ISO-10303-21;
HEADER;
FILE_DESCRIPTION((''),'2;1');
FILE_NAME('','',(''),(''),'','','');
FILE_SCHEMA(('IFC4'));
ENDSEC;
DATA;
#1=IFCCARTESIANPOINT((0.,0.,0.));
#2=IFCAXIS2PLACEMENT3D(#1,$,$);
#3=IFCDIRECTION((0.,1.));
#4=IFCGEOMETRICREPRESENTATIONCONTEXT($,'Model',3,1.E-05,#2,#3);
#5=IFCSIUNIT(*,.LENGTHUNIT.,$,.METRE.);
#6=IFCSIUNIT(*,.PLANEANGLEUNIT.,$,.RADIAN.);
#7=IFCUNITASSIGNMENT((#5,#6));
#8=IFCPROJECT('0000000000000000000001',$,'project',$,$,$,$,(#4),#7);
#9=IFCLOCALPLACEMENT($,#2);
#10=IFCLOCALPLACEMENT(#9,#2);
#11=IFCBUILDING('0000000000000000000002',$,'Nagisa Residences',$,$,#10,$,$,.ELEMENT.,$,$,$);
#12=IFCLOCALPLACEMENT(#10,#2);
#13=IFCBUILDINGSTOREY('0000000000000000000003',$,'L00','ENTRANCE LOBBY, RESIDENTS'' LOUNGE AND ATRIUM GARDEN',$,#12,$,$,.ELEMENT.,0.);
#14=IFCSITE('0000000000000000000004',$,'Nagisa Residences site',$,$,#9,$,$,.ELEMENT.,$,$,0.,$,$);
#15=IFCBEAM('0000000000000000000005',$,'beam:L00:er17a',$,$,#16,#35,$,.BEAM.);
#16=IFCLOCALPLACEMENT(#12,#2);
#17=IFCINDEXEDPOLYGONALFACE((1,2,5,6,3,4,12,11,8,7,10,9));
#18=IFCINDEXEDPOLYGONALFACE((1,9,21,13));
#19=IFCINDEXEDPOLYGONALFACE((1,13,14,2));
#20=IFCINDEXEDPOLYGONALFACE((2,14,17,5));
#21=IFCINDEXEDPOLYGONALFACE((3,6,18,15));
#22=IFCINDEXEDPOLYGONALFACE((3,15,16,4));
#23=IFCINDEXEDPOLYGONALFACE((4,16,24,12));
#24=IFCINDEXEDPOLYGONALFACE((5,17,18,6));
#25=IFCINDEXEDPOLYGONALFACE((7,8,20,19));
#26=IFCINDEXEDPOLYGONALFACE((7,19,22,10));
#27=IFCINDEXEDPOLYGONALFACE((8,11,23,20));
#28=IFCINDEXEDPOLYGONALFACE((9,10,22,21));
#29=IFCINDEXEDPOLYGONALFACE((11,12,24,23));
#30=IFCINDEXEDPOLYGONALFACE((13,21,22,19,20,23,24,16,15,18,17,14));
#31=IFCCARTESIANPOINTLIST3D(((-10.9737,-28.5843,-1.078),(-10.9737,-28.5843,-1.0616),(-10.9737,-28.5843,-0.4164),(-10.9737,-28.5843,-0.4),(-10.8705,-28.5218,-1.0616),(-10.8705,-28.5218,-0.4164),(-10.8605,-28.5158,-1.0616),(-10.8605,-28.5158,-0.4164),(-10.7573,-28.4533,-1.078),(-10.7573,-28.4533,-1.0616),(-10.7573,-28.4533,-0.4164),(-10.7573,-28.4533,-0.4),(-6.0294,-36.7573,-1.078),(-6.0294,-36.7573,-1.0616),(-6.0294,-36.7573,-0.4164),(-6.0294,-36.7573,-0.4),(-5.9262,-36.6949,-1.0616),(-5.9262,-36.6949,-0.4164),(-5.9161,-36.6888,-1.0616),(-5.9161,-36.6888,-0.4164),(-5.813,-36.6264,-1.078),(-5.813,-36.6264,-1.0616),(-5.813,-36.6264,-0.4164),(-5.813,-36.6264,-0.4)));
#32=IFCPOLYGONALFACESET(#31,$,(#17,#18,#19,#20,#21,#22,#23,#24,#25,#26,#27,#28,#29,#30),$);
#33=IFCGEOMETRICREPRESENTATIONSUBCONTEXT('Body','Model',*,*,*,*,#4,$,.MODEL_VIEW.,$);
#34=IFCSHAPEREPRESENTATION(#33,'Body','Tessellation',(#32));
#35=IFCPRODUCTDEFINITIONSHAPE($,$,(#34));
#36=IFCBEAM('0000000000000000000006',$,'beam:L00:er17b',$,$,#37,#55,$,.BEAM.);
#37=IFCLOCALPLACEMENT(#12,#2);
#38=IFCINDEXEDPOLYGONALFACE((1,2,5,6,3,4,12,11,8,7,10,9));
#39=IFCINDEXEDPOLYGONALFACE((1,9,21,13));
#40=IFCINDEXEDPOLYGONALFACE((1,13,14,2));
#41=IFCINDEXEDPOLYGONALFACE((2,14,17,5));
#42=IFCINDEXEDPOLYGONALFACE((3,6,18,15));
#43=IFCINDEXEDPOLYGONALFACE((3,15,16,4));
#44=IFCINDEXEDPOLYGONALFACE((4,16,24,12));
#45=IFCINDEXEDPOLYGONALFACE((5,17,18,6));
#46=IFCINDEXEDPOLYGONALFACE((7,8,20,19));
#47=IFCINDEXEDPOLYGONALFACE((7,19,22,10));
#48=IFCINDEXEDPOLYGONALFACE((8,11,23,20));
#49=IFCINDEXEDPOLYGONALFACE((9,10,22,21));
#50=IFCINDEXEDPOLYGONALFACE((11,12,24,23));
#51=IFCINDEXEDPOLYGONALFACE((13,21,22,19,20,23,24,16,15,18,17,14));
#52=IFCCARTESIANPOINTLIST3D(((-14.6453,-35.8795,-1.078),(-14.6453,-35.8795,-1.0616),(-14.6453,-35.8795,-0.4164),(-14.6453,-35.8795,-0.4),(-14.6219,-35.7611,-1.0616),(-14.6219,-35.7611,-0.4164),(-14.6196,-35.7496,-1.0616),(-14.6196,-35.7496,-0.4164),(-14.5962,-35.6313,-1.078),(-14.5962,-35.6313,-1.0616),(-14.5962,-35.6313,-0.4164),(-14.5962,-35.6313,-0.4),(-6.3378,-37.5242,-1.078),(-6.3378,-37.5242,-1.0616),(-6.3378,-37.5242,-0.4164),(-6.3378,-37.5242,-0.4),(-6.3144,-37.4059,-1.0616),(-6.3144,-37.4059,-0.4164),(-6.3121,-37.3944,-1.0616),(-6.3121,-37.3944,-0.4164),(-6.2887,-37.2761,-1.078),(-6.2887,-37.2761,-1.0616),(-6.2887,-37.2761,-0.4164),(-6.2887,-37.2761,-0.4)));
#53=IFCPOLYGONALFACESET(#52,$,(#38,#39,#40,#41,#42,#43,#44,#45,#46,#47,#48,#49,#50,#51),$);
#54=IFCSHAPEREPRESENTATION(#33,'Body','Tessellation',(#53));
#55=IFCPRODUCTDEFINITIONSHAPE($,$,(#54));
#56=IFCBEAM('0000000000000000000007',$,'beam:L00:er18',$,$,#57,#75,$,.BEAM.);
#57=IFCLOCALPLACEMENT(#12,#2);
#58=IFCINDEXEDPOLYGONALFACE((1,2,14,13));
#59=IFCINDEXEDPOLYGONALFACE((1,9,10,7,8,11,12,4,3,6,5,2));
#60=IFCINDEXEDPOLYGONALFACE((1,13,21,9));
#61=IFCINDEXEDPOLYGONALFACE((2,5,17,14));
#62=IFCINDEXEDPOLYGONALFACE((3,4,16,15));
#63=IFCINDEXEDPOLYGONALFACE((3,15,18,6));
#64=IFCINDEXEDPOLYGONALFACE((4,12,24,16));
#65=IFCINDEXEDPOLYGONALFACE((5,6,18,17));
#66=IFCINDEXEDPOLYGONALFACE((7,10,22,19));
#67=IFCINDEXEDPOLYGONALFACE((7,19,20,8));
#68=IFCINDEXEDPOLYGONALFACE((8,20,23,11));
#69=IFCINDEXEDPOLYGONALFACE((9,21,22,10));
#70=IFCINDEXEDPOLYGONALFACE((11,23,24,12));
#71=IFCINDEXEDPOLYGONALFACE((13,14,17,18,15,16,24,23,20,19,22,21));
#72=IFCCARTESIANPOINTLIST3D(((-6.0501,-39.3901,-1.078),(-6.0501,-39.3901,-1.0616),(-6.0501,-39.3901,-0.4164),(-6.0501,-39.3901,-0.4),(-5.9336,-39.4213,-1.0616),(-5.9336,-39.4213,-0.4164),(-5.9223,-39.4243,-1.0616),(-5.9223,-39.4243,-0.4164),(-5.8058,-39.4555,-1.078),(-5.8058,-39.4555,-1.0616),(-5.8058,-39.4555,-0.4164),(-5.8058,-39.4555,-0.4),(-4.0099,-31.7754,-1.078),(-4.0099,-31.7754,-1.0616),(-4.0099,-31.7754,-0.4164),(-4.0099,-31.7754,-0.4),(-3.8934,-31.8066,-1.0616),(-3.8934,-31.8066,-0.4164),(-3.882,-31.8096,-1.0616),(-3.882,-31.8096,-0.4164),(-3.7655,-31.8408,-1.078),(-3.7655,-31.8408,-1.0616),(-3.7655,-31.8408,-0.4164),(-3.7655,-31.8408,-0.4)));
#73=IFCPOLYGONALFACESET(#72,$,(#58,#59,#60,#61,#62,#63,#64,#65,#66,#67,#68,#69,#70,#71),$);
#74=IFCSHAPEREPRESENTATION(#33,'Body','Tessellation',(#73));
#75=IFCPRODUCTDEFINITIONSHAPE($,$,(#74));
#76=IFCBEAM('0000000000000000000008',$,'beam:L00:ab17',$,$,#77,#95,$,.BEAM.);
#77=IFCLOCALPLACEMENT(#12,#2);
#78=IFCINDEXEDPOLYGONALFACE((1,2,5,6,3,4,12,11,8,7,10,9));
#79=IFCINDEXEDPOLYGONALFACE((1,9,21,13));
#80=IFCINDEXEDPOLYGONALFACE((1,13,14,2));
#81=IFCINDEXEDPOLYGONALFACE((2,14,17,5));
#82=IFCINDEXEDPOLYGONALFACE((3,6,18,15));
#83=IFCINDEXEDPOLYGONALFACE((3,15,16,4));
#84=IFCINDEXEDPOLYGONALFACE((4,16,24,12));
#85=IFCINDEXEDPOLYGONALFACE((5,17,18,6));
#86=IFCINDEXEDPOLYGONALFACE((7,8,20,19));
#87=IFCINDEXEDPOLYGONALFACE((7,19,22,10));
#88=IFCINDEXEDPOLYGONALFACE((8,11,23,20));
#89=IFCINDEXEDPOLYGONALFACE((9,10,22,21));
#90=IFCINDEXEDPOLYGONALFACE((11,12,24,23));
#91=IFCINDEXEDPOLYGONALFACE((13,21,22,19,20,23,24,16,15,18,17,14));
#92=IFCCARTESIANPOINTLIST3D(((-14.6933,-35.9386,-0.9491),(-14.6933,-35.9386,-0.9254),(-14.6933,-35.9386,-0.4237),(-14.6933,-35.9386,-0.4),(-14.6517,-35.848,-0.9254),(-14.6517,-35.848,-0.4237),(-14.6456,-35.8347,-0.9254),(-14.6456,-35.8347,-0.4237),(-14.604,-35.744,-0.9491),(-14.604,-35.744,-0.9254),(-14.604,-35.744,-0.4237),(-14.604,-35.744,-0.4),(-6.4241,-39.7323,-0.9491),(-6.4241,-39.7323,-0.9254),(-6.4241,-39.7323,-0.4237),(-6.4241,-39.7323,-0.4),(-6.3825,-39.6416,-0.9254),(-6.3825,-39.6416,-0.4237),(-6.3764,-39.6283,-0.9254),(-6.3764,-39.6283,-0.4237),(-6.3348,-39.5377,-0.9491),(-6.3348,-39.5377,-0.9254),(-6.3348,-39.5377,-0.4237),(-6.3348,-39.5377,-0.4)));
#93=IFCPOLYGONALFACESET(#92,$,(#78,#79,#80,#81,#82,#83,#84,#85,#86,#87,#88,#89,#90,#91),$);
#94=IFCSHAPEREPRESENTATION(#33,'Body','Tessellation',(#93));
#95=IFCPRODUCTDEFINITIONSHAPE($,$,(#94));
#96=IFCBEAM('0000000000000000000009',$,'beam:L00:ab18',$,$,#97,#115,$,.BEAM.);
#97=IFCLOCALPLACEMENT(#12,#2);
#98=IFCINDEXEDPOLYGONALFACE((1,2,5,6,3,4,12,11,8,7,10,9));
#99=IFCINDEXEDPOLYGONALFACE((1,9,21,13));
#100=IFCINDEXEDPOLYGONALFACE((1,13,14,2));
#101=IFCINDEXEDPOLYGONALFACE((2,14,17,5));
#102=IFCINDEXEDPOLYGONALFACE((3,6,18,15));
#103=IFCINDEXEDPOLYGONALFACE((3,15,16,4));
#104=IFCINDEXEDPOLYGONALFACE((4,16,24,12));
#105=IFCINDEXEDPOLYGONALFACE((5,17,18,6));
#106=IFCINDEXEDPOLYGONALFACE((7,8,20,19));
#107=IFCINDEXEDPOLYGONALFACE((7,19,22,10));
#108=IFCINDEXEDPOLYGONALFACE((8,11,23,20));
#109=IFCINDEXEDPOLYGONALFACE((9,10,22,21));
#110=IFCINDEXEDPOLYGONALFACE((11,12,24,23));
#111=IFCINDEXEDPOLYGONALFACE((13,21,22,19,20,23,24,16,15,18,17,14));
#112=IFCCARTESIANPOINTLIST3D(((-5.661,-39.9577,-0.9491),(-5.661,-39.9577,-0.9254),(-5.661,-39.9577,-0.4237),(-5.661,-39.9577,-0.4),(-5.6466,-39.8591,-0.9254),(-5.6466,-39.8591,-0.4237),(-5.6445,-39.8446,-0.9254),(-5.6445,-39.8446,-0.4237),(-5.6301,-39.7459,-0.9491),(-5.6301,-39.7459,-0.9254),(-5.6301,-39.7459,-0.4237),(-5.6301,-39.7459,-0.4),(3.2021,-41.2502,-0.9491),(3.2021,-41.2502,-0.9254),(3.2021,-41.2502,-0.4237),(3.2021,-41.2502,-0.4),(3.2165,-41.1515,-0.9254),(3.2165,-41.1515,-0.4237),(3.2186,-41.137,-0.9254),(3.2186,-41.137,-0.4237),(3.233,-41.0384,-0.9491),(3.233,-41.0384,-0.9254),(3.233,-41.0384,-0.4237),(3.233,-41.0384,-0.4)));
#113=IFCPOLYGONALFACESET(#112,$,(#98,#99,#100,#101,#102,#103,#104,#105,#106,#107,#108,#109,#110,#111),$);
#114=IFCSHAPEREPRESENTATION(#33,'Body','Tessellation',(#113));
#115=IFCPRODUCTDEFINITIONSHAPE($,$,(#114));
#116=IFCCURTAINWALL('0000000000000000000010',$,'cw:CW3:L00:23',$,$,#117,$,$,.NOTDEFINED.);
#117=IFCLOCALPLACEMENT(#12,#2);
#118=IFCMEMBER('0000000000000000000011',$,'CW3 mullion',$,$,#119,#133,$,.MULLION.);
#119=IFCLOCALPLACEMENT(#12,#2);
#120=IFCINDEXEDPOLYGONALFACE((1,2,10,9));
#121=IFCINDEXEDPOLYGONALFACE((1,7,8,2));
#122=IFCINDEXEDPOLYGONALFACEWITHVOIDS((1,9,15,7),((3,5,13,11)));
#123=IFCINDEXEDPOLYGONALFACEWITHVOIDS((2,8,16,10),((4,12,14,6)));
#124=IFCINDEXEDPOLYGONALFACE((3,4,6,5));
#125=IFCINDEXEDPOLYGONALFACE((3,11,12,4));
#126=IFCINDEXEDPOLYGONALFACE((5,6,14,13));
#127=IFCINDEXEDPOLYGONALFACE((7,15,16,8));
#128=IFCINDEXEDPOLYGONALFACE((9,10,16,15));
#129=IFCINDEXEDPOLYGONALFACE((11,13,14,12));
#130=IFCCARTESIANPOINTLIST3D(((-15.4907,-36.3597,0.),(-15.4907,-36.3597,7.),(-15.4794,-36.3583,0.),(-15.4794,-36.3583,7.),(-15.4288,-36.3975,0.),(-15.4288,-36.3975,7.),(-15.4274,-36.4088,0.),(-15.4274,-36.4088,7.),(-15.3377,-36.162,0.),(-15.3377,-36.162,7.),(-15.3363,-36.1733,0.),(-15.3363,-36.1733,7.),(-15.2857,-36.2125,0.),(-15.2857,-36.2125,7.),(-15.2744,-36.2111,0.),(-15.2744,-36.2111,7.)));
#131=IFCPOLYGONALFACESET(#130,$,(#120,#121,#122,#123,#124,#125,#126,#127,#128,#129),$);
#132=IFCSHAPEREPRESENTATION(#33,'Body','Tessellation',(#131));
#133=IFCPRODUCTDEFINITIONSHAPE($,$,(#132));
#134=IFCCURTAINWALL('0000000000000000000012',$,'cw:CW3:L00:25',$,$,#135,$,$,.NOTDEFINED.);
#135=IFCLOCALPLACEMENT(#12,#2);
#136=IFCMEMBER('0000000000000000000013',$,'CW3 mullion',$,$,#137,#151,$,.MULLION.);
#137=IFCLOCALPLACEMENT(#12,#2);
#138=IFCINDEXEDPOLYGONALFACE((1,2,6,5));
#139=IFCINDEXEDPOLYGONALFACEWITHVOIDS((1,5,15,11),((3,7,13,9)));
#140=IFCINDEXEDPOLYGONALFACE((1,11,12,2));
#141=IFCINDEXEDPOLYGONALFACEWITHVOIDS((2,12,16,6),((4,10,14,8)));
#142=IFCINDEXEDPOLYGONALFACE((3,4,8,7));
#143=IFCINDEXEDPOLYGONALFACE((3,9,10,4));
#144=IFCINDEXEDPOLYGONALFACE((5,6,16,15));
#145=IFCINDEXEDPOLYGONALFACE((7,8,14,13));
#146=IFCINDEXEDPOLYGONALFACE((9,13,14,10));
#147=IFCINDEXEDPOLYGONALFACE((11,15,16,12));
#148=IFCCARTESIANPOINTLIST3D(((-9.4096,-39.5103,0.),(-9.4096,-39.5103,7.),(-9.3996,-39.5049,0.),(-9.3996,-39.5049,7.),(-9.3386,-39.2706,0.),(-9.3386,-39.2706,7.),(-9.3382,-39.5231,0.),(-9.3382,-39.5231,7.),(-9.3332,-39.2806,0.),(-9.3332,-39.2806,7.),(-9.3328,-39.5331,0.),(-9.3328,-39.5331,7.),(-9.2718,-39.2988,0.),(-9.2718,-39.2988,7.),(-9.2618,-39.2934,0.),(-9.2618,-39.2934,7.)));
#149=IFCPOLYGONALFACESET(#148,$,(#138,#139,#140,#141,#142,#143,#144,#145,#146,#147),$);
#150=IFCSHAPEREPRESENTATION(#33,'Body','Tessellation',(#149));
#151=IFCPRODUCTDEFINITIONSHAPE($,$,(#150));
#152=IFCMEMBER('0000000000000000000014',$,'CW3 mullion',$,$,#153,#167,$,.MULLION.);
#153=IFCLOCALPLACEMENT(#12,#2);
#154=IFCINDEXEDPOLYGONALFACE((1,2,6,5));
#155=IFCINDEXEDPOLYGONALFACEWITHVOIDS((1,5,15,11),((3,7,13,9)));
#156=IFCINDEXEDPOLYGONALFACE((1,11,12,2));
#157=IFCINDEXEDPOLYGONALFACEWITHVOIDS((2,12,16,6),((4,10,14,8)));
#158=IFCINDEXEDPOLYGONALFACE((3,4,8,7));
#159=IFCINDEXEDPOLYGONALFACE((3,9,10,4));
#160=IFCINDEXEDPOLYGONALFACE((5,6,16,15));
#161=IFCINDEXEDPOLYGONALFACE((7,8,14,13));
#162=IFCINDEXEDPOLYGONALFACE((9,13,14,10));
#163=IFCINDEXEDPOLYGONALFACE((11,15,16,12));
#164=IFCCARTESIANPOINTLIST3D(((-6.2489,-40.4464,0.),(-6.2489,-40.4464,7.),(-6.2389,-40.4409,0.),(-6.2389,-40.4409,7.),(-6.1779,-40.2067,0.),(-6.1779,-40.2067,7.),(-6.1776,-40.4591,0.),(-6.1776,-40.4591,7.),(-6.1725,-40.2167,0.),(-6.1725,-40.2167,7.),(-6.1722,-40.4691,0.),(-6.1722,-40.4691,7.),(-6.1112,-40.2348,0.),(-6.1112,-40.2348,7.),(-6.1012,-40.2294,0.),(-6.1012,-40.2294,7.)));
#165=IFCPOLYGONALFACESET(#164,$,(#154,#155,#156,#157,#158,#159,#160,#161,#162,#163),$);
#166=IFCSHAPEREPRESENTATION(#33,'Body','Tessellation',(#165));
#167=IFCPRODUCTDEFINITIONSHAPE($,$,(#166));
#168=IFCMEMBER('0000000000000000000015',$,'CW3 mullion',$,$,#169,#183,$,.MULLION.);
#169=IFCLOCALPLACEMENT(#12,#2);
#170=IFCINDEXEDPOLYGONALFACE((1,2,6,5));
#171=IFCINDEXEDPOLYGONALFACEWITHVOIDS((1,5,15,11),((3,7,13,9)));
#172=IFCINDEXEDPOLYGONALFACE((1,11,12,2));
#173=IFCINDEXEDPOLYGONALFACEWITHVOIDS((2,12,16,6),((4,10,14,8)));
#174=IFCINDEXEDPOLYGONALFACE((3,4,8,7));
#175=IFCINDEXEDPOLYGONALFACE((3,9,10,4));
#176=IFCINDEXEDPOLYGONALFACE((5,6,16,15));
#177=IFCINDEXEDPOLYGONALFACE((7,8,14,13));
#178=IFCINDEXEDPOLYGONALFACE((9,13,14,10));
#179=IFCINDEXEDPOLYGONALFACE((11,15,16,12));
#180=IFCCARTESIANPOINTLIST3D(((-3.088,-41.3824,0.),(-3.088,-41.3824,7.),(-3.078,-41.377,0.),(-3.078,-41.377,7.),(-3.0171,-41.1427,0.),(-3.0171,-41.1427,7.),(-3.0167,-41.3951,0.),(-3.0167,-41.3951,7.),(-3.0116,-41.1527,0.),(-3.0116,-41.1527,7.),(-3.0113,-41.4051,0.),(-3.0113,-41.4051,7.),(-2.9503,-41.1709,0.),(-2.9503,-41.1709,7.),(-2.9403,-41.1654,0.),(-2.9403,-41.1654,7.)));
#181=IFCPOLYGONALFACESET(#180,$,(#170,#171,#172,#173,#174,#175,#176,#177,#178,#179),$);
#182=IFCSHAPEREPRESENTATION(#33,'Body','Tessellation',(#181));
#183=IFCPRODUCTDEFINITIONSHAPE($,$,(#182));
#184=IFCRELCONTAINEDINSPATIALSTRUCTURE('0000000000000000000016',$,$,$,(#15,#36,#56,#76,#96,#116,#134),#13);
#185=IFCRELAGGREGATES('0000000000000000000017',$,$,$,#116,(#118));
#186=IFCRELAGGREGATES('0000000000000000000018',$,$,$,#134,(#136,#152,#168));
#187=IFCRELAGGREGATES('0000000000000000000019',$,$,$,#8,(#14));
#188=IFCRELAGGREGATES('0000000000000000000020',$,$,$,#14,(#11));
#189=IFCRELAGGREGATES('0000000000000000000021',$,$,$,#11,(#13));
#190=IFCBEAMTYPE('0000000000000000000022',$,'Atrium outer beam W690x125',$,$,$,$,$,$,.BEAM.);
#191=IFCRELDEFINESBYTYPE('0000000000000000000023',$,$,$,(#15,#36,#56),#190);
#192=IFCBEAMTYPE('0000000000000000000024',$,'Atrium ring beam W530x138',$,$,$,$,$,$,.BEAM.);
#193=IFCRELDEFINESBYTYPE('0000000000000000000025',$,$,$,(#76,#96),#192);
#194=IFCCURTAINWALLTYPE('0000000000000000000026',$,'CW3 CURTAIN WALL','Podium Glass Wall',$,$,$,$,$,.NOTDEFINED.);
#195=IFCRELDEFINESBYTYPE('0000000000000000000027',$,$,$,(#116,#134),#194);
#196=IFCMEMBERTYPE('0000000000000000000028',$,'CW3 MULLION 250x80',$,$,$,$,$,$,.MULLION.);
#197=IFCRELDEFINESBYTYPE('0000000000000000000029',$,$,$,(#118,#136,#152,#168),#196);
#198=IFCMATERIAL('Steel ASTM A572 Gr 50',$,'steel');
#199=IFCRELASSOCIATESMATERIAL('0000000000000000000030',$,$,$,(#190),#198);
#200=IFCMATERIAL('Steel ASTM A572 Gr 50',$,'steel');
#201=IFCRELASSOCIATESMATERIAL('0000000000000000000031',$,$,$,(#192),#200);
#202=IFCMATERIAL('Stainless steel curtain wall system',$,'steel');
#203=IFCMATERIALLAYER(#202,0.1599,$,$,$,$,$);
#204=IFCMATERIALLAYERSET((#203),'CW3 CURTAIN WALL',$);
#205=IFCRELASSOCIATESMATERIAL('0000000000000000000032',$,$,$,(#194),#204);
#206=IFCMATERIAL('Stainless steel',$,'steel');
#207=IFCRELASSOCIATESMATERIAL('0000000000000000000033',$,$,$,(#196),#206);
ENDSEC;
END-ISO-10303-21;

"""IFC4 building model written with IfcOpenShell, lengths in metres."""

from ifc_helpers import new_model, si_unit, direction, frame, origin, origin_2d, place, context, subcontext, project, spatial, hollow_rectangle, i_section, extrude, material, layer, layer_set, material_profile, profile_set, type_object, element, aggregate, save


model = new_model("IFC4")

# Units and contexts
model_context = context("Model", 3, precision=1e-05, world=origin(), true_north=direction((0.0, 1.0)))
body_context = subcontext(model_context, "Body", "Model", "MODEL_VIEW")
ifc_project = project(units=[si_unit("LENGTHUNIT", "METRE"), si_unit("PLANEANGLEUNIT", "RADIAN")], contexts=[model_context])

# Site, building, storey
site_placement = place(None, origin())
site = spatial("IfcSite", under=ifc_project, at=site_placement, Name="Nagisa Residences site", CompositionType="ELEMENT", RefElevation=0.0)
building_placement = place(site_placement, origin())
building = spatial("IfcBuilding", under=site, at=building_placement, Name="Nagisa Residences", CompositionType="ELEMENT")
storey_placement = place(building_placement, origin())
storey = spatial("IfcBuildingStorey", under=building, at=storey_placement, Name="L00", Description="ENTRANCE LOBBY, RESIDENTS' LOUNGE AND ATRIUM GARDEN", CompositionType="ELEMENT", Elevation=0.0)

# Beams
ifc_material_1 = material(Name="Steel ASTM A572 Gr 50", Category="steel")
ifc_material_profile_1 = material_profile(ifc_material_1, i_section(OverallWidth=0.2529, OverallDepth=0.678, WebThickness=0.0117, FlangeThickness=0.0164, at=origin_2d()), Name="W690x125")
ifc_profile_set_1 = profile_set([ifc_material_profile_1], Name="Steel ASTM A572 Gr 50")
beam_type_1 = type_object("IfcBeamType", Name="Atrium outer beam W690x125", PredefinedType="BEAM", material=ifc_profile_set_1)
beam_1_placement = place(storey_placement, frame((-10.8655, -28.5188, -0.739), z_axis=(0.517608, -0.855618, 0.0), x_axis=(0.855618, 0.517608, 0.0)))
element("IfcBeam", 1, at=beam_1_placement, inside=storey, type_object=beam_type_1, Name="beam:L00:er17a", PredefinedType="BEAM", context=body_context, shape_type="SweptSolid", body=[
    extrude(i_section(OverallWidth=0.2529, OverallDepth=0.678, WebThickness=0.0117, FlangeThickness=0.0164, at=origin_2d()), origin(), (0.0, 0.0, 1.0), 9.5522),
])
beam_2_placement = place(storey_placement, frame((-6.3132, -37.4001, -0.739), z_axis=(-0.980959, 0.194214, 0.0), x_axis=(-0.194214, -0.980959, 0.0)))
element("IfcBeam", 2, at=beam_2_placement, inside=storey, type_object=beam_type_1, Name="beam:L00:er17b", PredefinedType="BEAM", context=body_context, shape_type="SweptSolid", body=[
    extrude(i_section(OverallWidth=0.2529, OverallDepth=0.678, WebThickness=0.0117, FlangeThickness=0.0164, at=origin_2d()), origin(), (0.0, 0.0, 1.0), 8.4688),
])
beam_3_placement = place(storey_placement, frame((-3.8877, -31.8081, -0.739), z_axis=(-0.258809, -0.965928, 0.0), x_axis=(0.965928, -0.258809, 0.0)))
element("IfcBeam", 3, at=beam_3_placement, inside=storey, type_object=beam_type_1, Name="beam:L00:er18", PredefinedType="BEAM", context=body_context, shape_type="SweptSolid", body=[
    extrude(i_section(OverallWidth=0.2529, OverallDepth=0.678, WebThickness=0.0117, FlangeThickness=0.0164, at=origin_2d()), origin(), (0.0, 0.0, 1.0), 7.8833),
])
ifc_material_2 = material(Name="Steel ASTM A572 Gr 50", Category="steel")
ifc_material_profile_2 = material_profile(ifc_material_2, i_section(OverallWidth=0.2141, OverallDepth=0.5491, WebThickness=0.0146, FlangeThickness=0.0237, at=origin_2d()), Name="W530x138")
ifc_profile_set_2 = profile_set([ifc_material_profile_2], Name="Steel ASTM A572 Gr 50")
beam_type_2 = type_object("IfcBeamType", Name="Atrium ring beam W530x138", PredefinedType="BEAM", material=ifc_profile_set_2)
beam_4_placement = place(storey_placement, frame((-14.6487, -35.8413, -0.6746), z_axis=(0.908914, -0.416983, 0.0), x_axis=(0.416983, 0.908914, 0.0)))
element("IfcBeam", 4, at=beam_4_placement, inside=storey, type_object=beam_type_2, Name="beam:L00:ab17", PredefinedType="BEAM", context=body_context, shape_type="SweptSolid", body=[
    extrude(i_section(OverallWidth=0.2141, OverallDepth=0.5491, WebThickness=0.0146, FlangeThickness=0.0237, at=origin_2d()), origin(), (0.0, 0.0, 1.0), 9.0979),
])
beam_5_placement = place(storey_placement, frame((-5.6455, -39.8518, -0.6746), z_axis=(0.989534, -0.144302, 0.0), x_axis=(0.144302, 0.989534, 0.0)))
element("IfcBeam", 5, at=beam_5_placement, inside=storey, type_object=beam_type_2, Name="beam:L00:ab18", PredefinedType="BEAM", context=body_context, shape_type="SweptSolid", body=[
    extrude(i_section(OverallWidth=0.2141, OverallDepth=0.5491, WebThickness=0.0146, FlangeThickness=0.0237, at=origin_2d()), origin(), (0.0, 0.0, 1.0), 8.9568),
])

# Curtain wall, member
ifc_material_3 = material(Name="Stainless steel curtain wall system", Category="steel")
ifc_layer_1 = layer(ifc_material_3, 0.1599)
ifc_layer_set_1 = layer_set([ifc_layer_1], Name="CW3 CURTAIN WALL")
curtain_wall_type = type_object("IfcCurtainWallType", Name="CW3 CURTAIN WALL", Description="Podium Glass Wall", PredefinedType="NOTDEFINED", material=ifc_layer_set_1)
curtain_wall_1_placement = place(storey_placement, origin())
curtain_wall_1 = element("IfcCurtainWall", 6, at=curtain_wall_1_placement, inside=storey, type_object=curtain_wall_type, Name="cw:CW3:L00:23", PredefinedType="NOTDEFINED")
ifc_material_4 = material(Name="Stainless steel", Category="steel")
ifc_material_profile_3 = material_profile(ifc_material_4, hollow_rectangle(XDim=0.25, YDim=0.0801, WallThickness=0.0081, at=origin_2d()), Name="CW3 MULLION 250x80")
ifc_profile_set_3 = profile_set([ifc_material_profile_3], Name="Stainless steel")
member_type_1 = type_object("IfcMemberType", Name="CW3 MULLION 250x80", PredefinedType="MULLION", material=ifc_profile_set_3)
member_1_placement = place(storey_placement, frame((-15.3826, -36.2854, 0.0), z_axis=(0.0, 0.0, 1.0), x_axis=(0.612035, 0.790831, 0.0)))
member_1 = element("IfcMember", 7, at=member_1_placement, type_object=member_type_1, Name="CW3 mullion", PredefinedType="MULLION", context=body_context, shape_type="SweptSolid", body=[
    extrude(hollow_rectangle(XDim=0.25, YDim=0.0801, WallThickness=0.0081, at=origin_2d()), origin(), (0.0, 0.0, 1.0), 7.0),
])
aggregate(curtain_wall_1, [member_1])

# Curtain wall, members
curtain_wall_2_placement = place(storey_placement, origin())
curtain_wall_2 = element("IfcCurtainWall", 8, at=curtain_wall_2_placement, inside=storey, type_object=curtain_wall_type, Name="cw:CW3:L00:25", PredefinedType="NOTDEFINED")
member_2_placement = place(storey_placement, frame((-9.3357, -39.4019, 0.0), z_axis=(0.0, 0.0, 1.0), x_axis=(0.283963, 0.958835, 0.0)))
member_2 = element("IfcMember", 9, at=member_2_placement, type_object=member_type_1, Name="CW3 mullion", PredefinedType="MULLION", context=body_context, shape_type="SweptSolid", body=[
    extrude(hollow_rectangle(XDim=0.25, YDim=0.0801, WallThickness=0.0081, at=origin_2d()), origin(), (0.0, 0.0, 1.0), 7.0),
])
member_3_placement = place(storey_placement, frame((-6.175, -40.3379, 0.0), z_axis=(0.0, 0.0, 1.0), x_axis=(0.283963, 0.958835, 0.0)))
member_3 = element("IfcMember", 10, at=member_3_placement, type_object=member_type_1, Name="CW3 mullion", PredefinedType="MULLION", context=body_context, shape_type="SweptSolid", body=[
    extrude(hollow_rectangle(XDim=0.25, YDim=0.0801, WallThickness=0.0081, at=origin_2d()), origin(), (0.0, 0.0, 1.0), 7.0),
])
member_4_placement = place(storey_placement, frame((-3.0142, -41.2739, 0.0), z_axis=(0.0, 0.0, 1.0), x_axis=(0.283963, 0.958835, 0.0)))
member_4 = element("IfcMember", 11, at=member_4_placement, type_object=member_type_1, Name="CW3 mullion", PredefinedType="MULLION", context=body_context, shape_type="SweptSolid", body=[
    extrude(hollow_rectangle(XDim=0.25, YDim=0.0801, WallThickness=0.0081, at=origin_2d()), origin(), (0.0, 0.0, 1.0), 7.0),
])

aggregate(curtain_wall_2, [member_2, member_3, member_4])

save(model, "model.ifc")
